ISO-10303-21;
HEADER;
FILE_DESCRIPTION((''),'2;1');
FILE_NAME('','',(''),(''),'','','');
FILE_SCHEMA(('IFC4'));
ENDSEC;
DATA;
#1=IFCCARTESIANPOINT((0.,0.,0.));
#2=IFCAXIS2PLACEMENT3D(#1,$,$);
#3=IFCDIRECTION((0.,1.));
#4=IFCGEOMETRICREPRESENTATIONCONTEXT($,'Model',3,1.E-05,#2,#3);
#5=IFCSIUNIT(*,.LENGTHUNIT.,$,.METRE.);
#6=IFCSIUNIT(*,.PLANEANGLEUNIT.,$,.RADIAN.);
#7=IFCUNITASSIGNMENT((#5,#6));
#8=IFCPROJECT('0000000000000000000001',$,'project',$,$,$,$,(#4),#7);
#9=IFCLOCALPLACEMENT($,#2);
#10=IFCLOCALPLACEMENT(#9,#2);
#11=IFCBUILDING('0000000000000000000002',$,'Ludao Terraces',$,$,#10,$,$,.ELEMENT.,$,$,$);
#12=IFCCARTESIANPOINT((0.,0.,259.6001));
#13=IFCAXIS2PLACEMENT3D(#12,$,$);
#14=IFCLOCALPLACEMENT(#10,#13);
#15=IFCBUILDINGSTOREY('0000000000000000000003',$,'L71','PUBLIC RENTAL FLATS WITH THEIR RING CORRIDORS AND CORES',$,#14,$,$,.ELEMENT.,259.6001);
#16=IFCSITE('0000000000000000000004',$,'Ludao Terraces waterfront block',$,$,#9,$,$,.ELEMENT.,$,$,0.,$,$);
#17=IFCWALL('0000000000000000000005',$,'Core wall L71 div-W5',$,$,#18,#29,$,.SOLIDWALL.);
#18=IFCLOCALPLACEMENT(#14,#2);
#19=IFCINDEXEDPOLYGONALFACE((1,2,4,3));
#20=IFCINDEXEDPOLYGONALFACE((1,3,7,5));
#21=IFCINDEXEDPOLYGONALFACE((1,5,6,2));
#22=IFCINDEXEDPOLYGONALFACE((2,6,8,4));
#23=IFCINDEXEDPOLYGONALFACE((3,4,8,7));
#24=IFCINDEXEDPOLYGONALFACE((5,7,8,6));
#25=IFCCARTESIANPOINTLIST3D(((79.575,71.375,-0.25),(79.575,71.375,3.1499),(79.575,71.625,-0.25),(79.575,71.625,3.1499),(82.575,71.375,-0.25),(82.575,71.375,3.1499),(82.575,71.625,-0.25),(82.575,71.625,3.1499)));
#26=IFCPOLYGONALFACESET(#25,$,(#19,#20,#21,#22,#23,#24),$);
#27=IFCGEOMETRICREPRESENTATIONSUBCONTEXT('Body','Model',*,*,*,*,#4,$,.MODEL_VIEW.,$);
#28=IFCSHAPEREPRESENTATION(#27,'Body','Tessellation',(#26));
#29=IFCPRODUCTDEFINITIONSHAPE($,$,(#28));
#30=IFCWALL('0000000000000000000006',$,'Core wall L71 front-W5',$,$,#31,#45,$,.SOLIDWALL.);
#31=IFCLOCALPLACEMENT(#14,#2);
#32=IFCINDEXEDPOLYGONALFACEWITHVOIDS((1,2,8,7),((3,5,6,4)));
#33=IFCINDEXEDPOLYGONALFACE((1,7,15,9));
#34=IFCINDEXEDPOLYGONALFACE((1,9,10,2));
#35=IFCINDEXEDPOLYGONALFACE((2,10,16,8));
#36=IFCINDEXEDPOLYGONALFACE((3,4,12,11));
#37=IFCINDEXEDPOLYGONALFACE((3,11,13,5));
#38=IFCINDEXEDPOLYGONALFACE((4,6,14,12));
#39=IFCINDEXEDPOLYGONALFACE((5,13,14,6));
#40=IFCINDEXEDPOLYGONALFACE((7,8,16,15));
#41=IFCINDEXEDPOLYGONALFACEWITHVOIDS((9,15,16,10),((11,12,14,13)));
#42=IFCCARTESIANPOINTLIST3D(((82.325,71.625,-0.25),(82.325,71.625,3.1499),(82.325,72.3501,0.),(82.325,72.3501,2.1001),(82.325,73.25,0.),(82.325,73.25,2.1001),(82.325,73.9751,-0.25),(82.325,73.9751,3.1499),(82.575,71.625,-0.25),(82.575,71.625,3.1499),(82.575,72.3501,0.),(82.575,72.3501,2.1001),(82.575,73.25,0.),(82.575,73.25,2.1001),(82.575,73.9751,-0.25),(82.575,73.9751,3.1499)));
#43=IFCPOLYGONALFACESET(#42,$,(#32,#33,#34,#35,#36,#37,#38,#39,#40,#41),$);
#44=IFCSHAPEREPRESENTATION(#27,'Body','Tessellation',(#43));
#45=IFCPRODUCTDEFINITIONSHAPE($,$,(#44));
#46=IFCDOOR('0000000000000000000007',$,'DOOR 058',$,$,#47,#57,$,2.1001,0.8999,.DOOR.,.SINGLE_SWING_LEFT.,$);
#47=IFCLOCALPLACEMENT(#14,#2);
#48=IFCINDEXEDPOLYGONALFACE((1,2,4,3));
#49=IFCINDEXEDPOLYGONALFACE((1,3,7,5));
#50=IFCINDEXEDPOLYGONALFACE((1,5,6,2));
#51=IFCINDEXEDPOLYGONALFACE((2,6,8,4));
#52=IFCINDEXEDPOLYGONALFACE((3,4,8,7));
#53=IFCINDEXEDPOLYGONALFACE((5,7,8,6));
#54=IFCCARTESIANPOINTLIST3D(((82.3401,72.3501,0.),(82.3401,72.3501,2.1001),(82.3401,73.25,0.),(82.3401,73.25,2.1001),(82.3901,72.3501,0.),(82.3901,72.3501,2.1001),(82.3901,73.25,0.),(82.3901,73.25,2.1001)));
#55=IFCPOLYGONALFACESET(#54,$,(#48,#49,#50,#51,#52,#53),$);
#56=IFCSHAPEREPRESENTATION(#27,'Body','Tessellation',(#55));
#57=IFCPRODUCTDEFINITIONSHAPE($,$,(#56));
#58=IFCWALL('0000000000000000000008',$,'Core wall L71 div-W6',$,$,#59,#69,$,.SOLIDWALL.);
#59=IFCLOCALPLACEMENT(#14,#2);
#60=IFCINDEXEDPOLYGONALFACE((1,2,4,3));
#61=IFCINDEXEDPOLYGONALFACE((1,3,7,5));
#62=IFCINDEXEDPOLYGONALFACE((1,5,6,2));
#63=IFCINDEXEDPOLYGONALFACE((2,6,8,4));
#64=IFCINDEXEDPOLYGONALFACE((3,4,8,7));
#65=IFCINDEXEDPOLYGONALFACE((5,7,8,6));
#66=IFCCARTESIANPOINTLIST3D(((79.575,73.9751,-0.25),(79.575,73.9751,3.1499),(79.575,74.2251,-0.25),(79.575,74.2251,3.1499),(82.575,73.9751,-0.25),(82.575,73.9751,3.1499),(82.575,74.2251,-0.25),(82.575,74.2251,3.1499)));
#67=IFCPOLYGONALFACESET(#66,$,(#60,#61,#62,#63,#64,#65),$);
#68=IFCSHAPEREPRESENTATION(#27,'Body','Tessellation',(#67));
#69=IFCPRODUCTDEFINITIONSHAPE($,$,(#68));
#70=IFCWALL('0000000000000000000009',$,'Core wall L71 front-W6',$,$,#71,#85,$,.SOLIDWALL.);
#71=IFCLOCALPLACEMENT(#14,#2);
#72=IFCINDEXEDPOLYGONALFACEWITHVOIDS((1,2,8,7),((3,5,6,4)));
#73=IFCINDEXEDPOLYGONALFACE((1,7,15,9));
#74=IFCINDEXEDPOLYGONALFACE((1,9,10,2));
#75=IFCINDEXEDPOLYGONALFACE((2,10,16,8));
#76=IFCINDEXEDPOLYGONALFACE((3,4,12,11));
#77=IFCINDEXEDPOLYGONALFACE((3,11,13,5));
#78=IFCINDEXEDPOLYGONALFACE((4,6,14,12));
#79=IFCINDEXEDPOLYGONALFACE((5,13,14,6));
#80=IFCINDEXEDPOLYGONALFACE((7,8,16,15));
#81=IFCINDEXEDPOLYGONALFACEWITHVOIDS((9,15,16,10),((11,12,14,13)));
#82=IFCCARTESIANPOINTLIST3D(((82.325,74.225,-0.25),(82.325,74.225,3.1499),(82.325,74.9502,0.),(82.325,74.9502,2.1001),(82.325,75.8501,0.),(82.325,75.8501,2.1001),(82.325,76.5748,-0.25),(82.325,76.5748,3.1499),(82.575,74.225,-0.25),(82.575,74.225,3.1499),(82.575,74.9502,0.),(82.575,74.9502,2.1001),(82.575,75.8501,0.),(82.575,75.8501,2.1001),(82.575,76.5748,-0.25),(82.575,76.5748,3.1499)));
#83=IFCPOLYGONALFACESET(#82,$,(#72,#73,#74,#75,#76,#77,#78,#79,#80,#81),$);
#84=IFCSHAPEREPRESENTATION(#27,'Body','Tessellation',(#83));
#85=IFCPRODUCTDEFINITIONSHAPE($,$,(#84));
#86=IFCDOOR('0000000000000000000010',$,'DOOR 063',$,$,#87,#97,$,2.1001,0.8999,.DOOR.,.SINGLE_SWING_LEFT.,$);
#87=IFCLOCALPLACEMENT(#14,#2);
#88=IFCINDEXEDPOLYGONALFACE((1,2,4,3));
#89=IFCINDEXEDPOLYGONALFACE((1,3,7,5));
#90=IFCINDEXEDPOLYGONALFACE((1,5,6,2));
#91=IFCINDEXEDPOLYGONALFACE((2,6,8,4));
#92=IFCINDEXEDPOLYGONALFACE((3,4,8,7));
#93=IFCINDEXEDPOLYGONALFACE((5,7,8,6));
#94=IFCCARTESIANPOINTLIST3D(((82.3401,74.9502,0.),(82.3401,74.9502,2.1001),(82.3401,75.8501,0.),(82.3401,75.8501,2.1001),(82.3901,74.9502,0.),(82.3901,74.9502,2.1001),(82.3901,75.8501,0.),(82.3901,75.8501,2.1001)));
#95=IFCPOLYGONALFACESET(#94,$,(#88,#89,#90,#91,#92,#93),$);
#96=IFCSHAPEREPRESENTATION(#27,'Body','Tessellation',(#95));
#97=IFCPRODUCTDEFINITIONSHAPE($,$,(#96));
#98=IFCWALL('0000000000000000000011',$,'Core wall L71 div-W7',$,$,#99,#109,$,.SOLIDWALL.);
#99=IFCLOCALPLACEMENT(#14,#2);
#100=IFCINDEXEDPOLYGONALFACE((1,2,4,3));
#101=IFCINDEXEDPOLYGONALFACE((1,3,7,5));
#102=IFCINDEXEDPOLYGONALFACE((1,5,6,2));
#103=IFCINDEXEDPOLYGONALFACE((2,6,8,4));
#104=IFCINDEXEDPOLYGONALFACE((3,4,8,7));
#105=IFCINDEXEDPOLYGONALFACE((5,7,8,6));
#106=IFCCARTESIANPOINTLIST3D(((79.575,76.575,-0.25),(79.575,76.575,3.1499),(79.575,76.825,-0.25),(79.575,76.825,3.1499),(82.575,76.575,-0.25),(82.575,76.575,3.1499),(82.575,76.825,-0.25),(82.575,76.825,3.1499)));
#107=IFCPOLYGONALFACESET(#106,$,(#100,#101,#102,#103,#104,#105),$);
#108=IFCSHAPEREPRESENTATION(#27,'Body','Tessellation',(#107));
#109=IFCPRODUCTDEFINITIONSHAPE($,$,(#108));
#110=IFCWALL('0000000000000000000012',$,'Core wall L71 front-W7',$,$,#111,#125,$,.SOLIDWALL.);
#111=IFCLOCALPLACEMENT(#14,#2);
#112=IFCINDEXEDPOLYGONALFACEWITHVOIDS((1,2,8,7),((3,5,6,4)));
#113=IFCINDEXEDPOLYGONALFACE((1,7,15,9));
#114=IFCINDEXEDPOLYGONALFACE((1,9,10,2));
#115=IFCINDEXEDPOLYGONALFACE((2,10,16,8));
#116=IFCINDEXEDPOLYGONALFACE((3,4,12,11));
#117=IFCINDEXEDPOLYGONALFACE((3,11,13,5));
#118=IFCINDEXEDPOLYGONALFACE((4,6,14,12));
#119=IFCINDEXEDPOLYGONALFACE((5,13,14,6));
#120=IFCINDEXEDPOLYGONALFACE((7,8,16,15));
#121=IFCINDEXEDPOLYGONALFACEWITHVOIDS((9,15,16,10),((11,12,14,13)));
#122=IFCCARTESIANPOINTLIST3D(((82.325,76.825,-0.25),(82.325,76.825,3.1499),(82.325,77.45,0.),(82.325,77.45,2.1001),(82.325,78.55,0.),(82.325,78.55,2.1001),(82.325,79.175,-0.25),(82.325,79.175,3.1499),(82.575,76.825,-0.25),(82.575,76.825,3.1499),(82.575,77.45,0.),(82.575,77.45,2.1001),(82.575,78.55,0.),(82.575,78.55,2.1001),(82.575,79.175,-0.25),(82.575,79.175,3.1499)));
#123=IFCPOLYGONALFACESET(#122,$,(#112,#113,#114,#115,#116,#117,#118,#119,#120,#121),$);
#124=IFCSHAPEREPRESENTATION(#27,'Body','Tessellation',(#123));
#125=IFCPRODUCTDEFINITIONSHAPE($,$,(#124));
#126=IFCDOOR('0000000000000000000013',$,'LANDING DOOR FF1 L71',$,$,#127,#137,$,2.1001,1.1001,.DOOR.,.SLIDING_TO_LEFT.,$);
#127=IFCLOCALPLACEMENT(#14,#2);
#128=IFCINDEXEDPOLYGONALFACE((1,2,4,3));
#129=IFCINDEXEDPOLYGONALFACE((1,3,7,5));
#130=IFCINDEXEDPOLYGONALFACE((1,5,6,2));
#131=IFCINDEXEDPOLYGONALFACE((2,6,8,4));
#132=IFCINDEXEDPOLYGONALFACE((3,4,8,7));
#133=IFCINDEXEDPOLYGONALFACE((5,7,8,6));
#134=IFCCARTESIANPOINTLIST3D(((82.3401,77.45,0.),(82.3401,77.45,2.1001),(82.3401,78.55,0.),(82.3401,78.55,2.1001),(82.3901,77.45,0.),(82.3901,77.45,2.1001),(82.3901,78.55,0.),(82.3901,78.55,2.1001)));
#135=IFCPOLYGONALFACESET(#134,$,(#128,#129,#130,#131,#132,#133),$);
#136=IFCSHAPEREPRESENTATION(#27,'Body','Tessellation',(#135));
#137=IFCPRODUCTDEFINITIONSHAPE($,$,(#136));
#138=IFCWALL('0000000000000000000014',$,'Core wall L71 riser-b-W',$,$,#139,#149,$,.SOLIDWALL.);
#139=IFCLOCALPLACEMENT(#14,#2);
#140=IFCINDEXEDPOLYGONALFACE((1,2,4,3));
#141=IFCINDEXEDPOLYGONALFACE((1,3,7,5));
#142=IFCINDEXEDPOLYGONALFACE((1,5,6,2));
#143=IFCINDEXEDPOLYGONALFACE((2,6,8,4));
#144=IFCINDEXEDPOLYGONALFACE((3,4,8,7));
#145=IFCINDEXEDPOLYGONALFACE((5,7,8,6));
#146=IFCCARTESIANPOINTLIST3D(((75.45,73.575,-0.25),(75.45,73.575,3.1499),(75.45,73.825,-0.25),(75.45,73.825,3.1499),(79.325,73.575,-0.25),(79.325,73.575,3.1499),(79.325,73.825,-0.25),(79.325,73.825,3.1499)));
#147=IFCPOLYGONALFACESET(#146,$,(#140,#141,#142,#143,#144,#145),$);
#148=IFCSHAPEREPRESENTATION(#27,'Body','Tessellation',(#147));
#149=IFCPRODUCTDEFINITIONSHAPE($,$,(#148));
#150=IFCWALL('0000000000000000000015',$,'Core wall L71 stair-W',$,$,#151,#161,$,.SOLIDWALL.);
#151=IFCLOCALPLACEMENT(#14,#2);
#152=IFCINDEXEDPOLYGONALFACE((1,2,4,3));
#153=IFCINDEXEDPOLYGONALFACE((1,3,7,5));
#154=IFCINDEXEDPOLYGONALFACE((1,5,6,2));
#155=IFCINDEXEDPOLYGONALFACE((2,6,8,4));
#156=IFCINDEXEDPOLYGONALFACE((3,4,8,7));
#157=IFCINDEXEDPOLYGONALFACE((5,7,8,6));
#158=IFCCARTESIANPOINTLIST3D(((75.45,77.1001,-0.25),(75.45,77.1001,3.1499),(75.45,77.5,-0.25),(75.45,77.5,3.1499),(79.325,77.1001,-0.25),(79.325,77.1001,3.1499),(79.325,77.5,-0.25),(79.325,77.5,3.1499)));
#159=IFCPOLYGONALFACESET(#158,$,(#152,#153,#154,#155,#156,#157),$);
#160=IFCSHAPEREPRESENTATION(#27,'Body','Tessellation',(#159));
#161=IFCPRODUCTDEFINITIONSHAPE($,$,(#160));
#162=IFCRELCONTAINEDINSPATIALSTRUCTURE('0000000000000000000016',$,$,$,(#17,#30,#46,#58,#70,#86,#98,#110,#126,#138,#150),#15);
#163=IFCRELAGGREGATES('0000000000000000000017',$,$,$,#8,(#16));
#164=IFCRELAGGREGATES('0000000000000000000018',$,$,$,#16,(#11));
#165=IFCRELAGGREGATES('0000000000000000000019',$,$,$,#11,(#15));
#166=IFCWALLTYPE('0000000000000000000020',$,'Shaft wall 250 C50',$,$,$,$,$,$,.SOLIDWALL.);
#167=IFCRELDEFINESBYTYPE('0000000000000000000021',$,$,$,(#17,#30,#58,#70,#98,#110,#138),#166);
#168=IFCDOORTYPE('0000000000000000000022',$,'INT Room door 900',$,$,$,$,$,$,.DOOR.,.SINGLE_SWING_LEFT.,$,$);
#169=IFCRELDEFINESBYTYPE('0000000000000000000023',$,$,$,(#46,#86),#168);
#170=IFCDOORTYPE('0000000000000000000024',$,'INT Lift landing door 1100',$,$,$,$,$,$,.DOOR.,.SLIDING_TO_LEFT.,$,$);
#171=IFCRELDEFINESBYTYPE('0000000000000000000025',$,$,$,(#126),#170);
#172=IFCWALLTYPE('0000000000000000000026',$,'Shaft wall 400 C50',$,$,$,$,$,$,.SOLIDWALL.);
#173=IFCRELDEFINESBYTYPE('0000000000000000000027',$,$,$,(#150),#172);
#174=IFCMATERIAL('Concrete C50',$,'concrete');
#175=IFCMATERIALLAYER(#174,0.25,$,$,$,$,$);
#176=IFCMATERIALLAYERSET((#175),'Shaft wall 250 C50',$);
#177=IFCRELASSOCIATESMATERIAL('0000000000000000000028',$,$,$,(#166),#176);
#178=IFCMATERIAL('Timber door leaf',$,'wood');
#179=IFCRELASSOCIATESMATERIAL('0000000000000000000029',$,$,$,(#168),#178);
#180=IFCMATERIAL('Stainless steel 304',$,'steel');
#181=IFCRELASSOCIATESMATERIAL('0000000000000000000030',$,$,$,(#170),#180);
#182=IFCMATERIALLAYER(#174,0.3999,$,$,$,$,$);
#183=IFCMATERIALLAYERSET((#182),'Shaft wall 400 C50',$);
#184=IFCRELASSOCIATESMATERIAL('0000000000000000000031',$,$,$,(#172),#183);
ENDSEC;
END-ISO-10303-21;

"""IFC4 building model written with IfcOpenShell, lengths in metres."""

from ifc_helpers import new_model, si_unit, direction, frame, frame_2d, origin, place, context, subcontext, project, spatial, rectangle, extrude, material, layer, layer_set, type_object, element, fill, save


model = new_model("IFC4")

# Units and contexts
model_context = context("Model", 3, precision=1e-05, world=origin(), true_north=direction((0.0, 1.0)))
body_context = subcontext(model_context, "Body", "Model", "MODEL_VIEW")
ifc_project = project(units=[si_unit("LENGTHUNIT", "METRE"), si_unit("PLANEANGLEUNIT", "RADIAN")], contexts=[model_context])

# Site, building, storey
site_placement = place(None, origin())
site = spatial("IfcSite", under=ifc_project, at=site_placement, Name="Ludao Terraces waterfront block", CompositionType="ELEMENT", RefElevation=0.0)
building_placement = place(site_placement, origin())
building = spatial("IfcBuilding", under=site, at=building_placement, Name="Ludao Terraces", CompositionType="ELEMENT")
storey_placement = place(building_placement, frame((0.0, 0.0, 259.6001)))
storey = spatial("IfcBuildingStorey", under=building, at=storey_placement, Name="L71", Description="PUBLIC RENTAL FLATS WITH THEIR RING CORRIDORS AND CORES", CompositionType="ELEMENT", Elevation=259.6001)

# Shared definitions
ifc_material_1 = material(Name="Concrete C50", Category="concrete")

# Shared definitions
ifc_layer_1 = layer(ifc_material_1, 0.25)
ifc_layer_set_1 = layer_set([ifc_layer_1], Name="Shaft wall 250 C50")
wall_type_1 = type_object("IfcWallType", Name="Shaft wall 250 C50", PredefinedType="SOLIDWALL", material=ifc_layer_set_1)

# Shared definitions
ifc_material_2 = material(Name="Timber door leaf", Category="wood")
door_type_1 = type_object("IfcDoorType", Name="INT Room door 900", OperationType="SINGLE_SWING_LEFT", PredefinedType="DOOR", material=ifc_material_2)

# Wall
wall_1_placement = place(storey_placement, frame((79.575, 71.5, -0.25), z_axis=(0.0, 0.0, 1.0), x_axis=(1.0, 0.0, 0.0)))
element("IfcWall", 1, at=wall_1_placement, inside=storey, type_object=wall_type_1, Name="Core wall L71 div-W5", PredefinedType="SOLIDWALL", context=body_context, shape_type="SweptSolid", body=[
    extrude(rectangle(XDim=3.0, YDim=0.25, at=frame_2d((1.5, 0.0))), origin(), (0.0, 0.0, 1.0), 3.3999),
])

# Wall, opening, door
wall_2_placement = place(storey_placement, frame((82.45, 71.625, -0.25), z_axis=(0.0, 0.0, 1.0), x_axis=(0.0, 1.0, 0.0)))
wall_2 = element("IfcWall", 2, at=wall_2_placement, inside=storey, type_object=wall_type_1, Name="Core wall L71 front-W5", PredefinedType="SOLIDWALL", context=body_context, shape_type="SweptSolid", body=[
    extrude(rectangle(XDim=2.3501, YDim=0.25, at=frame_2d((1.175, 0.0))), origin(), (0.0, 0.0, 1.0), 3.3999),
])
opening_1_placement = place(wall_2_placement, frame((0.7251, 0.0, 0.25)))
opening_1 = element("IfcOpeningElement", 3, at=opening_1_placement, cuts=wall_2, PredefinedType="OPENING", context=body_context, shape_type="SweptSolid", body=[
    extrude(rectangle(XDim=0.8999, YDim=2.1001, at=frame_2d((0.45, 1.05))), frame((0.0, 0.135, 0.0), z_axis=(0.0, -1.0, 0.0), x_axis=(1.0, 0.0, 0.0)), (0.0, 0.0, 1.0), 0.27),
])
door_1_placement = place(opening_1_placement, origin())
door_1 = element("IfcDoor", 4, at=door_1_placement, inside=storey, type_object=door_type_1, Name="DOOR 058", OperationType="SINGLE_SWING_LEFT", OverallHeight=2.1001, OverallWidth=0.8999, PredefinedType="DOOR", context=body_context, shape_type="SweptSolid", body=[
    extrude(rectangle(XDim=0.8999, YDim=2.1001, at=frame_2d((0.45, 1.05))), frame((0.0, 0.1099, 0.0), z_axis=(0.0, -1.0, 0.0), x_axis=(1.0, 0.0, 0.0)), (0.0, 0.0, 1.0), 0.05),
])
fill(opening_1, door_1)

# Wall
wall_3_placement = place(storey_placement, frame((79.575, 74.1001, -0.25), z_axis=(0.0, 0.0, 1.0), x_axis=(1.0, 0.0, 0.0)))
element("IfcWall", 5, at=wall_3_placement, inside=storey, type_object=wall_type_1, Name="Core wall L71 div-W6", PredefinedType="SOLIDWALL", context=body_context, shape_type="SweptSolid", body=[
    extrude(rectangle(XDim=3.0, YDim=0.25, at=frame_2d((1.5, 0.0))), origin(), (0.0, 0.0, 1.0), 3.3999),
])

# Wall, opening, door
wall_4_placement = place(storey_placement, frame((82.45, 74.2251, -0.25), z_axis=(0.0, 0.0, 1.0), x_axis=(0.0, 1.0, 0.0)))
wall_4 = element("IfcWall", 6, at=wall_4_placement, inside=storey, type_object=wall_type_1, Name="Core wall L71 front-W6", PredefinedType="SOLIDWALL", context=body_context, shape_type="SweptSolid", body=[
    extrude(rectangle(XDim=2.3499, YDim=0.25, at=frame_2d((1.1748, 0.0))), origin(), (0.0, 0.0, 1.0), 3.3999),
])
opening_2_placement = place(wall_4_placement, frame((0.7251, 0.0, 0.25)))
opening_2 = element("IfcOpeningElement", 7, at=opening_2_placement, cuts=wall_4, PredefinedType="OPENING", context=body_context, shape_type="SweptSolid", body=[
    extrude(rectangle(XDim=0.8999, YDim=2.1001, at=frame_2d((0.45, 1.05))), frame((0.0, 0.135, 0.0), z_axis=(0.0, -1.0, 0.0), x_axis=(1.0, 0.0, 0.0)), (0.0, 0.0, 1.0), 0.27),
])
door_2_placement = place(opening_2_placement, origin())
door_2 = element("IfcDoor", 8, at=door_2_placement, inside=storey, type_object=door_type_1, Name="DOOR 063", OperationType="SINGLE_SWING_LEFT", OverallHeight=2.1001, OverallWidth=0.8999, PredefinedType="DOOR", context=body_context, shape_type="SweptSolid", body=[
    extrude(rectangle(XDim=0.8999, YDim=2.1001, at=frame_2d((0.45, 1.05))), frame((0.0, 0.1099, 0.0), z_axis=(0.0, -1.0, 0.0), x_axis=(1.0, 0.0, 0.0)), (0.0, 0.0, 1.0), 0.05),
])
fill(opening_2, door_2)

# Wall
wall_5_placement = place(storey_placement, frame((79.575, 76.7, -0.25), z_axis=(0.0, 0.0, 1.0), x_axis=(1.0, 0.0, 0.0)))
element("IfcWall", 9, at=wall_5_placement, inside=storey, type_object=wall_type_1, Name="Core wall L71 div-W7", PredefinedType="SOLIDWALL", context=body_context, shape_type="SweptSolid", body=[
    extrude(rectangle(XDim=3.0, YDim=0.25, at=frame_2d((1.5, 0.0))), origin(), (0.0, 0.0, 1.0), 3.3999),
])

# Wall, opening, door
wall_6_placement = place(storey_placement, frame((82.45, 76.825, -0.25), z_axis=(0.0, 0.0, 1.0), x_axis=(0.0, 1.0, 0.0)))
wall_6 = element("IfcWall", 10, at=wall_6_placement, inside=storey, type_object=wall_type_1, Name="Core wall L71 front-W7", PredefinedType="SOLIDWALL", context=body_context, shape_type="SweptSolid", body=[
    extrude(rectangle(XDim=2.3501, YDim=0.25, at=frame_2d((1.175, 0.0))), origin(), (0.0, 0.0, 1.0), 3.3999),
])
opening_3_placement = place(wall_6_placement, frame((0.625, 0.0, 0.25)))
opening_3 = element("IfcOpeningElement", 11, at=opening_3_placement, cuts=wall_6, PredefinedType="OPENING", context=body_context, shape_type="SweptSolid", body=[
    extrude(rectangle(XDim=1.1001, YDim=2.1001, at=frame_2d((0.55, 1.05))), frame((0.0, 0.135, 0.0), z_axis=(0.0, -1.0, 0.0), x_axis=(1.0, 0.0, 0.0)), (0.0, 0.0, 1.0), 0.27),
])
ifc_material_3 = material(Name="Stainless steel 304", Category="steel")
door_type_2 = type_object("IfcDoorType", Name="INT Lift landing door 1100", OperationType="SLIDING_TO_LEFT", PredefinedType="DOOR", material=ifc_material_3)
door_3_placement = place(opening_3_placement, origin())
door_3 = element("IfcDoor", 12, at=door_3_placement, inside=storey, type_object=door_type_2, Name="LANDING DOOR FF1 L71", OperationType="SLIDING_TO_LEFT", OverallHeight=2.1001, OverallWidth=1.1001, PredefinedType="DOOR", context=body_context, shape_type="SweptSolid", body=[
    extrude(rectangle(XDim=1.1001, YDim=2.1001, at=frame_2d((0.55, 1.05))), frame((0.0, 0.1099, 0.0), z_axis=(0.0, -1.0, 0.0), x_axis=(1.0, 0.0, 0.0)), (0.0, 0.0, 1.0), 0.05),
])
fill(opening_3, door_3)

# Walls
wall_7_placement = place(storey_placement, frame((75.45, 73.7, -0.25), z_axis=(0.0, 0.0, 1.0), x_axis=(1.0, 0.0, 0.0)))
element("IfcWall", 13, at=wall_7_placement, inside=storey, type_object=wall_type_1, Name="Core wall L71 riser-b-W", PredefinedType="SOLIDWALL", context=body_context, shape_type="SweptSolid", body=[
    extrude(rectangle(XDim=3.875, YDim=0.25, at=frame_2d((1.9375, 0.0))), origin(), (0.0, 0.0, 1.0), 3.3999),
])
ifc_layer_2 = layer(ifc_material_1, 0.3999)
ifc_layer_set_2 = layer_set([ifc_layer_2], Name="Shaft wall 400 C50")
wall_type_2 = type_object("IfcWallType", Name="Shaft wall 400 C50", PredefinedType="SOLIDWALL", material=ifc_layer_set_2)
wall_8_placement = place(storey_placement, frame((75.45, 77.3, -0.25), z_axis=(0.0, 0.0, 1.0), x_axis=(1.0, 0.0, 0.0)))
element("IfcWall", 14, at=wall_8_placement, inside=storey, type_object=wall_type_2, Name="Core wall L71 stair-W", PredefinedType="SOLIDWALL", context=body_context, shape_type="SweptSolid", body=[
    extrude(rectangle(XDim=3.875, YDim=0.3999, at=frame_2d((1.9375, 0.0))), origin(), (0.0, 0.0, 1.0), 3.3999),
])

save(model, "model.ifc")
